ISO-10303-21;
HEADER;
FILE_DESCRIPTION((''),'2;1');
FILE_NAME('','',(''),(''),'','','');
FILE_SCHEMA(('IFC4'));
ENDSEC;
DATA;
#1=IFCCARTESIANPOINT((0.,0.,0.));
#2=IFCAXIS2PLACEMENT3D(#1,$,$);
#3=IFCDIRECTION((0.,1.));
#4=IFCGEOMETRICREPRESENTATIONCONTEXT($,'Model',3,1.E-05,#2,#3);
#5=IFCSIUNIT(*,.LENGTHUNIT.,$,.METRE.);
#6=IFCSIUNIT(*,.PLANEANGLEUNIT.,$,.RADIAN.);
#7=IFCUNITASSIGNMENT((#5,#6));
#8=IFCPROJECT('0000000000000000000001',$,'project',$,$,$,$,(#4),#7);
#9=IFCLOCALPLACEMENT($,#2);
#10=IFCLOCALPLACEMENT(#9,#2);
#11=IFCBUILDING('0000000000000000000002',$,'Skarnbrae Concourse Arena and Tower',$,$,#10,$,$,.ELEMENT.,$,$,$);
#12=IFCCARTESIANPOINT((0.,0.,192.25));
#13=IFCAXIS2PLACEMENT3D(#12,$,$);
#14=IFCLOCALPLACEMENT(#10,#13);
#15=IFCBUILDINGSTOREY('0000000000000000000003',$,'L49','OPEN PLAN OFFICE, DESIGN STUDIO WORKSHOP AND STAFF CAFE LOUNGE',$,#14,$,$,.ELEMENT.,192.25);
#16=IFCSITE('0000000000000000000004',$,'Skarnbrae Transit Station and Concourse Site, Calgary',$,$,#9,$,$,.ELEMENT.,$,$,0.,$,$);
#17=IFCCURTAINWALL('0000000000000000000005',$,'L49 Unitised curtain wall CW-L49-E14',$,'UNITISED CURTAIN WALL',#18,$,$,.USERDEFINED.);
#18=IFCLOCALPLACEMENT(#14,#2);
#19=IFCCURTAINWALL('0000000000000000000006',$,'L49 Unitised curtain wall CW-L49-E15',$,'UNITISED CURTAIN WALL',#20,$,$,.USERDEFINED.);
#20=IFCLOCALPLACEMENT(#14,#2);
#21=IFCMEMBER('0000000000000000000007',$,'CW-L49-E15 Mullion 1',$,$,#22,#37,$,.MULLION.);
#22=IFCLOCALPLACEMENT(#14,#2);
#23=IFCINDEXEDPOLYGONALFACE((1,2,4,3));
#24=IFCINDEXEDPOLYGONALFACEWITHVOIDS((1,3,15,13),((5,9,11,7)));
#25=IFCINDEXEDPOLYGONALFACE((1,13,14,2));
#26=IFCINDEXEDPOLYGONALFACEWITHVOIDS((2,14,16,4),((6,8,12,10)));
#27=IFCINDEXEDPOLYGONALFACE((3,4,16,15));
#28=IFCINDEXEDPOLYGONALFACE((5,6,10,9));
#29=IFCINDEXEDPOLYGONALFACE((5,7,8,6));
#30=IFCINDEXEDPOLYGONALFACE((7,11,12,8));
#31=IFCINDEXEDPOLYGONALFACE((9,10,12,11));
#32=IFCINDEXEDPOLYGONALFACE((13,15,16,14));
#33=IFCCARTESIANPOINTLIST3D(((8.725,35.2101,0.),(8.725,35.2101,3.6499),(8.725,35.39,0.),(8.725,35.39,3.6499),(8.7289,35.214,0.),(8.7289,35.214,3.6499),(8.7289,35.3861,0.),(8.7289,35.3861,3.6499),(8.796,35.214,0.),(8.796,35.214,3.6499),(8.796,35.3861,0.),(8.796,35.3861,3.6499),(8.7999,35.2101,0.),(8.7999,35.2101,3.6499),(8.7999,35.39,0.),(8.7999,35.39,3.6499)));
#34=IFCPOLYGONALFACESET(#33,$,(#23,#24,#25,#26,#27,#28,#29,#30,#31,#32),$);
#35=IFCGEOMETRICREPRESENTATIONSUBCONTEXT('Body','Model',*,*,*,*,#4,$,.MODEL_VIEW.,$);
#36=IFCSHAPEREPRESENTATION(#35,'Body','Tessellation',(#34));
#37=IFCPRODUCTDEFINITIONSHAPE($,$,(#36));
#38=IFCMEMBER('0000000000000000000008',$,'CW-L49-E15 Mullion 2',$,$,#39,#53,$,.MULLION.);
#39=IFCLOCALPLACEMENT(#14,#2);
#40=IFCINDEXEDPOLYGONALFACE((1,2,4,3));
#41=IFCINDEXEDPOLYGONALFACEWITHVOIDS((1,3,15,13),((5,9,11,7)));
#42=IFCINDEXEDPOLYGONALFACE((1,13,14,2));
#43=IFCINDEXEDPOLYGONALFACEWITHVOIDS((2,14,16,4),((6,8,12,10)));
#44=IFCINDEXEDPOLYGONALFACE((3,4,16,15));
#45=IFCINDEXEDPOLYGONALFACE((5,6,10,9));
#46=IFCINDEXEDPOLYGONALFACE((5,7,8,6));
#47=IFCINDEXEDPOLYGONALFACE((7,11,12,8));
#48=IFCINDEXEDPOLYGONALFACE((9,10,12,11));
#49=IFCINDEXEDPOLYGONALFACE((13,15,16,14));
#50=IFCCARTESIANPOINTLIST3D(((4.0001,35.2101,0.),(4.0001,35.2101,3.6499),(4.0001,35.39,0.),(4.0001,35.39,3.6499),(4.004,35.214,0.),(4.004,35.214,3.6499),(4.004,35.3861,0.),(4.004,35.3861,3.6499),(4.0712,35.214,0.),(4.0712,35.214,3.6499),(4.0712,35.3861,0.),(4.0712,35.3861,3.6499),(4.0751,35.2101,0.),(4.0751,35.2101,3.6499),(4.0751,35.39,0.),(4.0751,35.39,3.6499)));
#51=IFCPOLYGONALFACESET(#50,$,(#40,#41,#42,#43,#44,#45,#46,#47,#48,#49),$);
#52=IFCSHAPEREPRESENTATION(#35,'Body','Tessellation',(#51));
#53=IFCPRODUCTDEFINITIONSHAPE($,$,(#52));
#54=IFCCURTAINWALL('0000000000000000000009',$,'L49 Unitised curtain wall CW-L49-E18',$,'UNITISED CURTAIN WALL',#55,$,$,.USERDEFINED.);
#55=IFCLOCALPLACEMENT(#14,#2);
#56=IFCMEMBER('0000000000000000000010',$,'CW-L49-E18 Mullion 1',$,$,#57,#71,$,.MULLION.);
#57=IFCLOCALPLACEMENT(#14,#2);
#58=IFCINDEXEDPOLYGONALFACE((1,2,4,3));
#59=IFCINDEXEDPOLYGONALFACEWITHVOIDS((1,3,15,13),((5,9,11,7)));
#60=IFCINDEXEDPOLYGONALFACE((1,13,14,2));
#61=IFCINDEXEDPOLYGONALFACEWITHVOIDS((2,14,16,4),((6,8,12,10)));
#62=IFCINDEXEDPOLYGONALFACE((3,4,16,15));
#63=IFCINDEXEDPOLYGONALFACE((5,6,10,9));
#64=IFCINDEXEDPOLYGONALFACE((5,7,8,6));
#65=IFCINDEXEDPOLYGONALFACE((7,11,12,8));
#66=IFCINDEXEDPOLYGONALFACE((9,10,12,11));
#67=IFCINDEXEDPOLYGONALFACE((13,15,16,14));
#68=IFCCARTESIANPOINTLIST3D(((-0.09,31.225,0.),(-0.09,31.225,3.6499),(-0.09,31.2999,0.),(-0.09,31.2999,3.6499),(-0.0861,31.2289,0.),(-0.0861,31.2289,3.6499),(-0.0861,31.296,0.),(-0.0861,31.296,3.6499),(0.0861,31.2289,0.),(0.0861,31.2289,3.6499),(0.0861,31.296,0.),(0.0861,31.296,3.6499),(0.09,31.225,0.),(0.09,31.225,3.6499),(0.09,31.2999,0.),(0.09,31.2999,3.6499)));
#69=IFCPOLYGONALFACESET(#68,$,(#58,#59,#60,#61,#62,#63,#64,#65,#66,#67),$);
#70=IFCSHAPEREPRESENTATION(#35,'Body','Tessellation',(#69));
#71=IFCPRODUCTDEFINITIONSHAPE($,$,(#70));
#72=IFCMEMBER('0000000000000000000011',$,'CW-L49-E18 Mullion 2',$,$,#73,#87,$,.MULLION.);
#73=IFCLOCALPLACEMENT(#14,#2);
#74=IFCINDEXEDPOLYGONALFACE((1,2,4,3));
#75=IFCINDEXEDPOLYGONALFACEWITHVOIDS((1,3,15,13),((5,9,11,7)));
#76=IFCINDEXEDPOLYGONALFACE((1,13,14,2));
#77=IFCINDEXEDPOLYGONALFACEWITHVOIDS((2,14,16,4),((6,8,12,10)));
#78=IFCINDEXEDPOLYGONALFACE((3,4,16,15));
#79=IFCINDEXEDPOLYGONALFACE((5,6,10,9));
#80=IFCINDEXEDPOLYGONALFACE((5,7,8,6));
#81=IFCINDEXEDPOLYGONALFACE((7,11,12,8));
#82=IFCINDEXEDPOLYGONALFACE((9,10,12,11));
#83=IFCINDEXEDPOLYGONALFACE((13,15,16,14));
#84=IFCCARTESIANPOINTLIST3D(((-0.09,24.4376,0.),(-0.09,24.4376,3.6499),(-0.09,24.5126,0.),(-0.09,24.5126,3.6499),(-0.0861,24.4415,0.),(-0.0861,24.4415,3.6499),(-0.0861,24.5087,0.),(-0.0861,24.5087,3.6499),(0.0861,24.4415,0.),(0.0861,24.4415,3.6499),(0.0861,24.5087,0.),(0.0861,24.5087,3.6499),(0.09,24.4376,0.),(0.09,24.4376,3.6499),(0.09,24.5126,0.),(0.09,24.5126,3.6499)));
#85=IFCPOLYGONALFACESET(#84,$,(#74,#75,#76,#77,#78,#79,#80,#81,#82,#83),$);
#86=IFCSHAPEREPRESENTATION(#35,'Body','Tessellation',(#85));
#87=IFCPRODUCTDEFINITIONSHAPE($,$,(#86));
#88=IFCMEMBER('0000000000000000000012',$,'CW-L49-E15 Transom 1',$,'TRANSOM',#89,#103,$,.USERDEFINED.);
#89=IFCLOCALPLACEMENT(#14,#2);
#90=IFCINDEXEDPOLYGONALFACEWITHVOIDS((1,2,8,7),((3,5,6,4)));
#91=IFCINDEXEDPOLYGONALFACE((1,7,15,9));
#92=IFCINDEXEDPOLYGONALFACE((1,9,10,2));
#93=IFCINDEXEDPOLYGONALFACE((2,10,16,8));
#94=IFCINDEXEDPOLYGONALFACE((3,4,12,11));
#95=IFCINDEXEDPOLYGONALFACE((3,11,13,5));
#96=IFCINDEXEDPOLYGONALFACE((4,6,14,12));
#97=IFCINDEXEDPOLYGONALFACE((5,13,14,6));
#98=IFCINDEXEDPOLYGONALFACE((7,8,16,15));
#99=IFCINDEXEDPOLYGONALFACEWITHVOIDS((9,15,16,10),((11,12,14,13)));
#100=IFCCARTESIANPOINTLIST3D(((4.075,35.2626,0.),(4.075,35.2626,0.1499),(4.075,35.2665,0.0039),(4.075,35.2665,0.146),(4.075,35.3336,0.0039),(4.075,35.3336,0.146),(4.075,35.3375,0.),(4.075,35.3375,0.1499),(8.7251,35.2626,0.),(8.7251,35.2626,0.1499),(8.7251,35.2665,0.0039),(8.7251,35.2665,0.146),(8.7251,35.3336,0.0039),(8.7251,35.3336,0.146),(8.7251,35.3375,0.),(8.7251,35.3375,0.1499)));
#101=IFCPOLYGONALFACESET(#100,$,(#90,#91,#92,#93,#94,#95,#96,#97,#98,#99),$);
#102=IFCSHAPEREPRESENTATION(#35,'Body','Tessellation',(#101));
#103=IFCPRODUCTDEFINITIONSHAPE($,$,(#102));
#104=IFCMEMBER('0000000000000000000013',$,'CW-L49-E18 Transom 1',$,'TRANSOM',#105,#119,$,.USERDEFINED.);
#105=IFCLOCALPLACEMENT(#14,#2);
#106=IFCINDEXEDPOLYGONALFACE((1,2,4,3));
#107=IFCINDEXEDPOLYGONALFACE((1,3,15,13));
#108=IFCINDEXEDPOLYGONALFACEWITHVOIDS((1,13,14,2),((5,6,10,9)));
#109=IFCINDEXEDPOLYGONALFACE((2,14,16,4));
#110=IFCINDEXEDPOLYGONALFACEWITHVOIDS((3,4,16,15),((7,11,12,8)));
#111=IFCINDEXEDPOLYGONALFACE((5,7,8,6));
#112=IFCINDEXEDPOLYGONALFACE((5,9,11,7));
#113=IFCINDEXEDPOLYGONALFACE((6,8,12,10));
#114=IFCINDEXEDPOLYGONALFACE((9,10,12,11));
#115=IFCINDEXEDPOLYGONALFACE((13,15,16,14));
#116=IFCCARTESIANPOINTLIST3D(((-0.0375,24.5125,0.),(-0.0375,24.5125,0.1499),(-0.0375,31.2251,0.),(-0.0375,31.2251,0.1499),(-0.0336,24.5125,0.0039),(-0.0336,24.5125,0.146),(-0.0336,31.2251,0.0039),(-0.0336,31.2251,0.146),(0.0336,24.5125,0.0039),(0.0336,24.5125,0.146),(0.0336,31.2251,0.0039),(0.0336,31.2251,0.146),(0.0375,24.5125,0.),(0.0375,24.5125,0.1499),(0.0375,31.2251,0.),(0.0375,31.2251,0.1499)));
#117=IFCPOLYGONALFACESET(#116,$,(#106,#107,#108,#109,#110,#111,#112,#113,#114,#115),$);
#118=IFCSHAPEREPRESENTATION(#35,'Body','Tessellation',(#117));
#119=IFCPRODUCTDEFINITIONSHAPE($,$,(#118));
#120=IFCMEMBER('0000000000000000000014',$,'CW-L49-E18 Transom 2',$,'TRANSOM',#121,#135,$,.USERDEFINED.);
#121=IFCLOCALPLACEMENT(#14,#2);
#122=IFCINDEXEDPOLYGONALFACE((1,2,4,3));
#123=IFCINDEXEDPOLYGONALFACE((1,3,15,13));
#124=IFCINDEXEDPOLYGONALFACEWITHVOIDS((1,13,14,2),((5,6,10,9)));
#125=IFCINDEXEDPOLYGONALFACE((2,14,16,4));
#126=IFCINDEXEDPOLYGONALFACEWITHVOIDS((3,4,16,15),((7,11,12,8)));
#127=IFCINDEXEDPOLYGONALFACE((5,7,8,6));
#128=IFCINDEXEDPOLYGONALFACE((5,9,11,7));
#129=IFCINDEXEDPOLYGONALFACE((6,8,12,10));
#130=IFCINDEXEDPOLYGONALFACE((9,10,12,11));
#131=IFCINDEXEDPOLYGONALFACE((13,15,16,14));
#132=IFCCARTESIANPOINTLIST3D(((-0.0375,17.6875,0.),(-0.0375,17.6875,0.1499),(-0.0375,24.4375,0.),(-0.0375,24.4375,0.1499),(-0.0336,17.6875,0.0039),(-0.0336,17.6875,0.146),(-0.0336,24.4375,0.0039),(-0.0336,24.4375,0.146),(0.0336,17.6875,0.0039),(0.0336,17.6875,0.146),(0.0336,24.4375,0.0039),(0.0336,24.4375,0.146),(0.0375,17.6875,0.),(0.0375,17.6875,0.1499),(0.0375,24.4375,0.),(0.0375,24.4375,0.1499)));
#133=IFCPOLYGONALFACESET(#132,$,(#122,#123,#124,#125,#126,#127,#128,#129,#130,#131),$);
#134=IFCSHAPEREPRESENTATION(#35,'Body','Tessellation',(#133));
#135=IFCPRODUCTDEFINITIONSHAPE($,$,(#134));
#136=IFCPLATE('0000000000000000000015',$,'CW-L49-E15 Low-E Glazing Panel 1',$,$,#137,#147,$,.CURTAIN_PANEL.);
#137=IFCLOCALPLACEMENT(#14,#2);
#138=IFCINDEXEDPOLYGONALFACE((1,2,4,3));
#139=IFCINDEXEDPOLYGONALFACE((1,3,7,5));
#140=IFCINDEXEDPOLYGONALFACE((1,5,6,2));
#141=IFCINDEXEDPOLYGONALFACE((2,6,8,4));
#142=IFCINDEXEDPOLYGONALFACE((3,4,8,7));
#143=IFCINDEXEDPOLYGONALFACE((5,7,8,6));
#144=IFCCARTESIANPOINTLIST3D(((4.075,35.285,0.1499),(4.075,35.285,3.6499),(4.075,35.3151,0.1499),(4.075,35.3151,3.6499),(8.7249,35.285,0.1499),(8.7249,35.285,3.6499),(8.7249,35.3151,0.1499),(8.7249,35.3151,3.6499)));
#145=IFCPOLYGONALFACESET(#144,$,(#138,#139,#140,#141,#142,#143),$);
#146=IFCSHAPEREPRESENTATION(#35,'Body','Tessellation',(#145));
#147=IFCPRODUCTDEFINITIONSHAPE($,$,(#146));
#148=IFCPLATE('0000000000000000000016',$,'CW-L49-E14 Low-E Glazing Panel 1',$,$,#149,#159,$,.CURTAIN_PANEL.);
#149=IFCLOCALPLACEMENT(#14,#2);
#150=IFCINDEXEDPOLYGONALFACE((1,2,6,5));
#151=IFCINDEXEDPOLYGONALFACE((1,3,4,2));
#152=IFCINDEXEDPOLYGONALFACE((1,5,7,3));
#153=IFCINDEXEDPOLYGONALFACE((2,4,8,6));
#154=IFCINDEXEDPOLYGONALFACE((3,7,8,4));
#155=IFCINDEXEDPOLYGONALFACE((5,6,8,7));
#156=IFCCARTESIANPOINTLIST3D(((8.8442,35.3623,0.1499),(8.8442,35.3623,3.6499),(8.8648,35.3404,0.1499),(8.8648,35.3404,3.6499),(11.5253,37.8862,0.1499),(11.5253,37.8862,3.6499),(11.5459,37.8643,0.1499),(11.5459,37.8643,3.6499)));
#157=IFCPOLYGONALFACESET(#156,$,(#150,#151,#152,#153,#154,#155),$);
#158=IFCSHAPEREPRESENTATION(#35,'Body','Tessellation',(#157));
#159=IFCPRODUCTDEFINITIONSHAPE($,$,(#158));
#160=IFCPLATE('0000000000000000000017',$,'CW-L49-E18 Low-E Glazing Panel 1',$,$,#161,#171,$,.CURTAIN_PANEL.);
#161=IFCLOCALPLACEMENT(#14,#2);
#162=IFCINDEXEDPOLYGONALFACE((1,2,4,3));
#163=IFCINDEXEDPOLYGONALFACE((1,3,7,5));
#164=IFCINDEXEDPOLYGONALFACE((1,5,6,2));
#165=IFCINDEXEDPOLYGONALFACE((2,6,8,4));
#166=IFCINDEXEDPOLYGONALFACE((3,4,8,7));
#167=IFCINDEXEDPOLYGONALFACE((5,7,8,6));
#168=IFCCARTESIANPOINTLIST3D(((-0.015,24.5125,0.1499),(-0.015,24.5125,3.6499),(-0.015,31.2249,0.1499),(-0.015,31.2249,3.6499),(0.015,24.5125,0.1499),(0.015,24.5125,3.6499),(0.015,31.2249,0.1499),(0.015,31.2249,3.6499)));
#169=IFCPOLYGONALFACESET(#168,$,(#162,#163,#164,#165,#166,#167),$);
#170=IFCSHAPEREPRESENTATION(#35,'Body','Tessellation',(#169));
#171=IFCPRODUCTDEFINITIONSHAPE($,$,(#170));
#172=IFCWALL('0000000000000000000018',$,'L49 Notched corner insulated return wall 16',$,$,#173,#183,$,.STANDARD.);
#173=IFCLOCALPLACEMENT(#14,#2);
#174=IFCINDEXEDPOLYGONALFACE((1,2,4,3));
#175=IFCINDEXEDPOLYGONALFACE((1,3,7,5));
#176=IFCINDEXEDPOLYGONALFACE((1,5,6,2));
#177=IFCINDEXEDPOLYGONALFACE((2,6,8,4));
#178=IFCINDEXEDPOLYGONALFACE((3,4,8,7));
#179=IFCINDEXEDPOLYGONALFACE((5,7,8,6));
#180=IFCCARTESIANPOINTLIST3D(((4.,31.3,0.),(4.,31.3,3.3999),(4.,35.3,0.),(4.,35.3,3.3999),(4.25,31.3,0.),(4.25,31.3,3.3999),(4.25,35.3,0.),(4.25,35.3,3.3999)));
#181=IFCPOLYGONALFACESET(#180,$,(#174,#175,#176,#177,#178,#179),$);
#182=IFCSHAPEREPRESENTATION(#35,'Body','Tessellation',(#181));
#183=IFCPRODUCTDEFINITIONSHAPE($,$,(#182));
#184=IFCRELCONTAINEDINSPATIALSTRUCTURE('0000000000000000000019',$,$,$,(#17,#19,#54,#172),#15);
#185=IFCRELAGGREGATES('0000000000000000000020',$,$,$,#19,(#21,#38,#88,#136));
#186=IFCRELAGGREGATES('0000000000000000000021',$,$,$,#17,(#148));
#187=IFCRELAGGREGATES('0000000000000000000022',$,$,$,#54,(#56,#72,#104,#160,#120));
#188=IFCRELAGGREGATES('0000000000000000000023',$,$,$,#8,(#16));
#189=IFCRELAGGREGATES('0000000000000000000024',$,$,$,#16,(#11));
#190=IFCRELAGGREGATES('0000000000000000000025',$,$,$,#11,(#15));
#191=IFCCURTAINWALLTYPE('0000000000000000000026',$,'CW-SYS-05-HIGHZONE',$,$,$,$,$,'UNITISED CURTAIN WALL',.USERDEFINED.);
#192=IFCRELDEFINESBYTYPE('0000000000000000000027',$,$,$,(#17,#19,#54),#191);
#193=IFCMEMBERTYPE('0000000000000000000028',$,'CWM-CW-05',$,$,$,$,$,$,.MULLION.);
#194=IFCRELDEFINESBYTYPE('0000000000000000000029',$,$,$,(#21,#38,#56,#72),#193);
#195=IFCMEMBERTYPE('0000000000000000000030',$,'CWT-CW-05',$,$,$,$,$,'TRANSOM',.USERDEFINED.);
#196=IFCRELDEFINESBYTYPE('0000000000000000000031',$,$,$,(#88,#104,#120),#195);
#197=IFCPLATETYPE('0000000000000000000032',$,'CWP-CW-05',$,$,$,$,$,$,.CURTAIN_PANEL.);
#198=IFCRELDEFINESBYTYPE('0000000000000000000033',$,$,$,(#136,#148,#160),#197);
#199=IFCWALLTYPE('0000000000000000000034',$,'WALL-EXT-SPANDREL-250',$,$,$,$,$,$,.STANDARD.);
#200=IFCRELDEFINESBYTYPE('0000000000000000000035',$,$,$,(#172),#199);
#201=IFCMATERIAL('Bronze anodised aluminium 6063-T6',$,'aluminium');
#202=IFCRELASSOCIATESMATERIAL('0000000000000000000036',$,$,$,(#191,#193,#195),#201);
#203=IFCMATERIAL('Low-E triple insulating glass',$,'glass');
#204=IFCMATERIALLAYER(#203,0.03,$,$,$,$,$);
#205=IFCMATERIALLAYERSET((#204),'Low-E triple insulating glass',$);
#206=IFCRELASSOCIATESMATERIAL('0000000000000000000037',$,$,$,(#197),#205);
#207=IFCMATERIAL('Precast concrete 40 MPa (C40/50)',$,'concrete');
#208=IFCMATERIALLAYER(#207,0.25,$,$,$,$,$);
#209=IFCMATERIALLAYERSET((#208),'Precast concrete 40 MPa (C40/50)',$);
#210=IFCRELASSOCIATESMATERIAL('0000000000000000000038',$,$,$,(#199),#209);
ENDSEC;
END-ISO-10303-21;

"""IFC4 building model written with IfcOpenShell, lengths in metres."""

from ifc_helpers import new_model, si_unit, direction, frame, frame_2d, origin, origin_2d, place, context, subcontext, project, spatial, rectangle, hollow_rectangle, extrude, source, transform, mapped, material, layer, layer_set, material_profile, profile_set, type_object, element, aggregate, save


model = new_model("IFC4")

# Units and contexts
model_context = context("Model", 3, precision=1e-05, world=origin(), true_north=direction((0.0, 1.0)))
body_context = subcontext(model_context, "Body", "Model", "MODEL_VIEW")
ifc_project = project(units=[si_unit("LENGTHUNIT", "METRE"), si_unit("PLANEANGLEUNIT", "RADIAN")], contexts=[model_context])

# Site, building, storey
site_placement = place(None, origin())
site = spatial("IfcSite", under=ifc_project, at=site_placement, Name="Skarnbrae Transit Station and Concourse Site, Calgary", CompositionType="ELEMENT", RefElevation=0.0)
building_placement = place(site_placement, origin())
building = spatial("IfcBuilding", under=site, at=building_placement, Name="Skarnbrae Concourse Arena and Tower", CompositionType="ELEMENT")
storey_placement = place(building_placement, frame((0.0, 0.0, 192.25)))
storey = spatial("IfcBuildingStorey", under=building, at=storey_placement, Name="L49", Description="OPEN PLAN OFFICE, DESIGN STUDIO WORKSHOP AND STAFF CAFE LOUNGE", CompositionType="ELEMENT", Elevation=192.25)

# Curtain wall
ifc_material_1 = material(Name="Bronze anodised aluminium 6063-T6", Category="aluminium")
curtain_wall_type = type_object("IfcCurtainWallType", Name="CW-SYS-05-HIGHZONE", ElementType="UNITISED CURTAIN WALL", PredefinedType="USERDEFINED", material=ifc_material_1)
curtain_wall_1_placement = place(storey_placement, origin())
curtain_wall_1 = element("IfcCurtainWall", 1, at=curtain_wall_1_placement, inside=storey, type_object=curtain_wall_type, Name="L49 Unitised curtain wall CW-L49-E14", ObjectType="UNITISED CURTAIN WALL", PredefinedType="USERDEFINED")
ifc_material_profile_1 = material_profile(ifc_material_1, hollow_rectangle(XDim=0.075, YDim=0.1799, WallThickness=0.0039, at=origin_2d()), Name="ALU-MULL-75X180")
ifc_profile_set_1 = profile_set([ifc_material_profile_1], Name="Bronze anodised aluminium 6063-T6")
member_type_1 = type_object("IfcMemberType", Name="CWM-CW-05", PredefinedType="MULLION", material=ifc_profile_set_1)
shared_shape_1 = source(origin(), body_context, "Body", "SweptSolid", [
    extrude(hollow_rectangle(XDim=0.075, YDim=0.1799, WallThickness=0.0039, at=origin_2d()), origin(), (0.0, 0.0, 1.0), 3.6499),
])

# Curtain walls, members
curtain_wall_2_placement = place(storey_placement, origin())
curtain_wall_2 = element("IfcCurtainWall", 2, at=curtain_wall_2_placement, inside=storey, type_object=curtain_wall_type, Name="L49 Unitised curtain wall CW-L49-E15", ObjectType="UNITISED CURTAIN WALL", PredefinedType="USERDEFINED")
member_1_placement = place(storey_placement, frame((8.7625, 35.3, 0.0), z_axis=(0.0, 0.0, 1.0), x_axis=(-1.0, 0.0, 0.0)))
member_1 = element("IfcMember", 3, at=member_1_placement, type_object=member_type_1, Name="CW-L49-E15 Mullion 1", PredefinedType="MULLION", context=body_context, shape_type="MappedRepresentation", body=[
    mapped(shared_shape_1, transform((0.0, 0.0, 0.0))),
])
member_2_placement = place(storey_placement, frame((4.0376, 35.3, 0.0), z_axis=(0.0, 0.0, 1.0), x_axis=(-1.0, 0.0, 0.0)))
member_2 = element("IfcMember", 4, at=member_2_placement, type_object=member_type_1, Name="CW-L49-E15 Mullion 2", PredefinedType="MULLION", context=body_context, shape_type="MappedRepresentation", body=[
    mapped(shared_shape_1, transform((0.0, 0.0, 0.0))),
])
curtain_wall_3_placement = place(storey_placement, origin())
curtain_wall_3 = element("IfcCurtainWall", 5, at=curtain_wall_3_placement, inside=storey, type_object=curtain_wall_type, Name="L49 Unitised curtain wall CW-L49-E18", ObjectType="UNITISED CURTAIN WALL", PredefinedType="USERDEFINED")
member_3_placement = place(storey_placement, frame((0.0, 31.2625, 0.0), z_axis=(0.0, 0.0, 1.0), x_axis=(0.0, -1.0, 0.0)))
member_3 = element("IfcMember", 6, at=member_3_placement, type_object=member_type_1, Name="CW-L49-E18 Mullion 1", PredefinedType="MULLION", context=body_context, shape_type="MappedRepresentation", body=[
    mapped(shared_shape_1, transform((0.0, 0.0, 0.0))),
])
member_4_placement = place(storey_placement, frame((0.0, 24.4751, 0.0), z_axis=(0.0, 0.0, 1.0), x_axis=(0.0, -1.0, 0.0)))
member_4 = element("IfcMember", 7, at=member_4_placement, type_object=member_type_1, Name="CW-L49-E18 Mullion 2", PredefinedType="MULLION", context=body_context, shape_type="MappedRepresentation", body=[
    mapped(shared_shape_1, transform((0.0, 0.0, 0.0))),
])

# Members
ifc_material_profile_2 = material_profile(ifc_material_1, hollow_rectangle(XDim=0.075, YDim=0.1499, WallThickness=0.0039, at=origin_2d()), Name="ALU-TRAN-75X150")
ifc_profile_set_2 = profile_set([ifc_material_profile_2], Name="Bronze anodised aluminium 6063-T6")
member_type_2 = type_object("IfcMemberType", Name="CWT-CW-05", ElementType="TRANSOM", PredefinedType="USERDEFINED", material=ifc_profile_set_2)
shared_shape_2 = source(origin(), body_context, "Body", "SweptSolid", [
    extrude(hollow_rectangle(XDim=0.075, YDim=0.1499, WallThickness=0.0039, at=origin_2d()), origin(), (0.0, 0.0, 1.0), 4.6501),
])
member_5_placement = place(storey_placement, frame((8.7251, 35.3, 0.075), z_axis=(-1.0, 0.0, 0.0), x_axis=(0.0, -1.0, 0.0)))
member_5 = element("IfcMember", 8, at=member_5_placement, type_object=member_type_2, Name="CW-L49-E15 Transom 1", ObjectType="TRANSOM", PredefinedType="USERDEFINED", context=body_context, shape_type="MappedRepresentation", body=[
    mapped(shared_shape_2, transform((0.0, 0.0, 0.0))),
])
shared_shape_3 = source(origin(), body_context, "Body", "SweptSolid", [
    extrude(hollow_rectangle(XDim=0.075, YDim=0.1499, WallThickness=0.0039, at=origin_2d()), origin(), (0.0, 0.0, 1.0), 6.7126),
])
member_6_placement = place(storey_placement, frame((0.0, 31.2251, 0.075), z_axis=(0.0, -1.0, 0.0), x_axis=(1.0, 0.0, 0.0)))
member_6 = element("IfcMember", 9, at=member_6_placement, type_object=member_type_2, Name="CW-L49-E18 Transom 1", ObjectType="TRANSOM", PredefinedType="USERDEFINED", context=body_context, shape_type="MappedRepresentation", body=[
    mapped(shared_shape_3, transform((0.0, 0.0, 0.0))),
])
shared_shape_4 = source(origin(), body_context, "Body", "SweptSolid", [
    extrude(hollow_rectangle(XDim=0.075, YDim=0.1499, WallThickness=0.0039, at=origin_2d()), origin(), (0.0, 0.0, 1.0), 6.75),
])
member_7_placement = place(storey_placement, frame((0.0, 24.4375, 0.075), z_axis=(0.0, -1.0, 0.0), x_axis=(1.0, 0.0, 0.0)))
member_7 = element("IfcMember", 10, at=member_7_placement, type_object=member_type_2, Name="CW-L49-E18 Transom 2", ObjectType="TRANSOM", PredefinedType="USERDEFINED", context=body_context, shape_type="MappedRepresentation", body=[
    mapped(shared_shape_4, transform((0.0, 0.0, 0.0))),
])

# Plates
ifc_material_2 = material(Name="Low-E triple insulating glass", Category="glass")
ifc_layer_1 = layer(ifc_material_2, 0.03)
ifc_layer_set_1 = layer_set([ifc_layer_1], Name="Low-E triple insulating glass")
plate_type = type_object("IfcPlateType", Name="CWP-CW-05", PredefinedType="CURTAIN_PANEL", material=ifc_layer_set_1)
shared_shape_5 = source(origin(), body_context, "Body", "SweptSolid", [
    extrude(rectangle(XDim=4.6499, YDim=0.03, at=origin_2d()), origin(), (0.0, 0.0, 1.0), 3.5),
])
plate_1_placement = place(storey_placement, frame((6.3999, 35.3, 0.1499), z_axis=(0.0, 0.0, 1.0), x_axis=(-1.0, 0.0, 0.0)))
plate_1 = element("IfcPlate", 11, at=plate_1_placement, type_object=plate_type, Name="CW-L49-E15 Low-E Glazing Panel 1", PredefinedType="CURTAIN_PANEL", context=body_context, shape_type="MappedRepresentation", body=[
    mapped(shared_shape_5, transform((0.0, 0.0, 0.0))),
])
aggregate(curtain_wall_2, [member_1, member_2, member_5, plate_1])
shared_shape_6 = source(origin(), body_context, "Body", "SweptSolid", [
    extrude(rectangle(XDim=3.6821, YDim=0.03, at=origin_2d()), origin(), (0.0, 0.0, 1.0), 3.5),
])
plate_2_placement = place(storey_placement, frame((10.1951, 36.6133, 0.1499), z_axis=(0.0, 0.0, 1.0), x_axis=(-0.728131, -0.685438, 0.0)))
plate_2 = element("IfcPlate", 12, at=plate_2_placement, type_object=plate_type, Name="CW-L49-E14 Low-E Glazing Panel 1", PredefinedType="CURTAIN_PANEL", context=body_context, shape_type="MappedRepresentation", body=[
    mapped(shared_shape_6, transform((0.0, 0.0, 0.0))),
])
aggregate(curtain_wall_1, [plate_2])
shared_shape_7 = source(origin(), body_context, "Body", "SweptSolid", [
    extrude(rectangle(XDim=6.7124, YDim=0.03, at=origin_2d()), origin(), (0.0, 0.0, 1.0), 3.5),
])
plate_3_placement = place(storey_placement, frame((0.0, 27.8687, 0.1499), z_axis=(0.0, 0.0, 1.0), x_axis=(0.0, -1.0, 0.0)))
plate_3 = element("IfcPlate", 13, at=plate_3_placement, type_object=plate_type, Name="CW-L49-E18 Low-E Glazing Panel 1", PredefinedType="CURTAIN_PANEL", context=body_context, shape_type="MappedRepresentation", body=[
    mapped(shared_shape_7, transform((0.0, 0.0, 0.0))),
])
aggregate(curtain_wall_3, [member_3, member_4, member_6, plate_3, member_7])

# Wall
ifc_material_3 = material(Name="Precast concrete 40 MPa (C40/50)", Category="concrete")
ifc_layer_2 = layer(ifc_material_3, 0.25)
ifc_layer_set_2 = layer_set([ifc_layer_2], Name="Precast concrete 40 MPa (C40/50)")
wall_type_1 = type_object("IfcWallType", Name="WALL-EXT-SPANDREL-250", PredefinedType="STANDARD", material=ifc_layer_set_2)
shared_shape_8 = source(origin(), body_context, "Body", "SweptSolid", [
    extrude(rectangle(XDim=4.0, YDim=0.25, at=frame_2d((2.0, 0.0))), origin(), (0.0, 0.0, 1.0), 3.3999),
])
for number, where, z_axis, x_axis, name in (
    (14, (4.125, 35.3, 0.0), (0.0, 0.0, 1.0), (0.0, -1.0, 0.0), "L49 Notched corner insulated return wall 16"),
):
    element("IfcWall", number, at=place(storey_placement, frame(where, z_axis=z_axis, x_axis=x_axis)), inside=storey, type_object=wall_type_1, Name=name, PredefinedType="STANDARD", context=body_context, shape_type="MappedRepresentation", body=[
        mapped(shared_shape_8, transform((0.0, 0.0, 0.0))),
    ])

save(model, "model.ifc")
